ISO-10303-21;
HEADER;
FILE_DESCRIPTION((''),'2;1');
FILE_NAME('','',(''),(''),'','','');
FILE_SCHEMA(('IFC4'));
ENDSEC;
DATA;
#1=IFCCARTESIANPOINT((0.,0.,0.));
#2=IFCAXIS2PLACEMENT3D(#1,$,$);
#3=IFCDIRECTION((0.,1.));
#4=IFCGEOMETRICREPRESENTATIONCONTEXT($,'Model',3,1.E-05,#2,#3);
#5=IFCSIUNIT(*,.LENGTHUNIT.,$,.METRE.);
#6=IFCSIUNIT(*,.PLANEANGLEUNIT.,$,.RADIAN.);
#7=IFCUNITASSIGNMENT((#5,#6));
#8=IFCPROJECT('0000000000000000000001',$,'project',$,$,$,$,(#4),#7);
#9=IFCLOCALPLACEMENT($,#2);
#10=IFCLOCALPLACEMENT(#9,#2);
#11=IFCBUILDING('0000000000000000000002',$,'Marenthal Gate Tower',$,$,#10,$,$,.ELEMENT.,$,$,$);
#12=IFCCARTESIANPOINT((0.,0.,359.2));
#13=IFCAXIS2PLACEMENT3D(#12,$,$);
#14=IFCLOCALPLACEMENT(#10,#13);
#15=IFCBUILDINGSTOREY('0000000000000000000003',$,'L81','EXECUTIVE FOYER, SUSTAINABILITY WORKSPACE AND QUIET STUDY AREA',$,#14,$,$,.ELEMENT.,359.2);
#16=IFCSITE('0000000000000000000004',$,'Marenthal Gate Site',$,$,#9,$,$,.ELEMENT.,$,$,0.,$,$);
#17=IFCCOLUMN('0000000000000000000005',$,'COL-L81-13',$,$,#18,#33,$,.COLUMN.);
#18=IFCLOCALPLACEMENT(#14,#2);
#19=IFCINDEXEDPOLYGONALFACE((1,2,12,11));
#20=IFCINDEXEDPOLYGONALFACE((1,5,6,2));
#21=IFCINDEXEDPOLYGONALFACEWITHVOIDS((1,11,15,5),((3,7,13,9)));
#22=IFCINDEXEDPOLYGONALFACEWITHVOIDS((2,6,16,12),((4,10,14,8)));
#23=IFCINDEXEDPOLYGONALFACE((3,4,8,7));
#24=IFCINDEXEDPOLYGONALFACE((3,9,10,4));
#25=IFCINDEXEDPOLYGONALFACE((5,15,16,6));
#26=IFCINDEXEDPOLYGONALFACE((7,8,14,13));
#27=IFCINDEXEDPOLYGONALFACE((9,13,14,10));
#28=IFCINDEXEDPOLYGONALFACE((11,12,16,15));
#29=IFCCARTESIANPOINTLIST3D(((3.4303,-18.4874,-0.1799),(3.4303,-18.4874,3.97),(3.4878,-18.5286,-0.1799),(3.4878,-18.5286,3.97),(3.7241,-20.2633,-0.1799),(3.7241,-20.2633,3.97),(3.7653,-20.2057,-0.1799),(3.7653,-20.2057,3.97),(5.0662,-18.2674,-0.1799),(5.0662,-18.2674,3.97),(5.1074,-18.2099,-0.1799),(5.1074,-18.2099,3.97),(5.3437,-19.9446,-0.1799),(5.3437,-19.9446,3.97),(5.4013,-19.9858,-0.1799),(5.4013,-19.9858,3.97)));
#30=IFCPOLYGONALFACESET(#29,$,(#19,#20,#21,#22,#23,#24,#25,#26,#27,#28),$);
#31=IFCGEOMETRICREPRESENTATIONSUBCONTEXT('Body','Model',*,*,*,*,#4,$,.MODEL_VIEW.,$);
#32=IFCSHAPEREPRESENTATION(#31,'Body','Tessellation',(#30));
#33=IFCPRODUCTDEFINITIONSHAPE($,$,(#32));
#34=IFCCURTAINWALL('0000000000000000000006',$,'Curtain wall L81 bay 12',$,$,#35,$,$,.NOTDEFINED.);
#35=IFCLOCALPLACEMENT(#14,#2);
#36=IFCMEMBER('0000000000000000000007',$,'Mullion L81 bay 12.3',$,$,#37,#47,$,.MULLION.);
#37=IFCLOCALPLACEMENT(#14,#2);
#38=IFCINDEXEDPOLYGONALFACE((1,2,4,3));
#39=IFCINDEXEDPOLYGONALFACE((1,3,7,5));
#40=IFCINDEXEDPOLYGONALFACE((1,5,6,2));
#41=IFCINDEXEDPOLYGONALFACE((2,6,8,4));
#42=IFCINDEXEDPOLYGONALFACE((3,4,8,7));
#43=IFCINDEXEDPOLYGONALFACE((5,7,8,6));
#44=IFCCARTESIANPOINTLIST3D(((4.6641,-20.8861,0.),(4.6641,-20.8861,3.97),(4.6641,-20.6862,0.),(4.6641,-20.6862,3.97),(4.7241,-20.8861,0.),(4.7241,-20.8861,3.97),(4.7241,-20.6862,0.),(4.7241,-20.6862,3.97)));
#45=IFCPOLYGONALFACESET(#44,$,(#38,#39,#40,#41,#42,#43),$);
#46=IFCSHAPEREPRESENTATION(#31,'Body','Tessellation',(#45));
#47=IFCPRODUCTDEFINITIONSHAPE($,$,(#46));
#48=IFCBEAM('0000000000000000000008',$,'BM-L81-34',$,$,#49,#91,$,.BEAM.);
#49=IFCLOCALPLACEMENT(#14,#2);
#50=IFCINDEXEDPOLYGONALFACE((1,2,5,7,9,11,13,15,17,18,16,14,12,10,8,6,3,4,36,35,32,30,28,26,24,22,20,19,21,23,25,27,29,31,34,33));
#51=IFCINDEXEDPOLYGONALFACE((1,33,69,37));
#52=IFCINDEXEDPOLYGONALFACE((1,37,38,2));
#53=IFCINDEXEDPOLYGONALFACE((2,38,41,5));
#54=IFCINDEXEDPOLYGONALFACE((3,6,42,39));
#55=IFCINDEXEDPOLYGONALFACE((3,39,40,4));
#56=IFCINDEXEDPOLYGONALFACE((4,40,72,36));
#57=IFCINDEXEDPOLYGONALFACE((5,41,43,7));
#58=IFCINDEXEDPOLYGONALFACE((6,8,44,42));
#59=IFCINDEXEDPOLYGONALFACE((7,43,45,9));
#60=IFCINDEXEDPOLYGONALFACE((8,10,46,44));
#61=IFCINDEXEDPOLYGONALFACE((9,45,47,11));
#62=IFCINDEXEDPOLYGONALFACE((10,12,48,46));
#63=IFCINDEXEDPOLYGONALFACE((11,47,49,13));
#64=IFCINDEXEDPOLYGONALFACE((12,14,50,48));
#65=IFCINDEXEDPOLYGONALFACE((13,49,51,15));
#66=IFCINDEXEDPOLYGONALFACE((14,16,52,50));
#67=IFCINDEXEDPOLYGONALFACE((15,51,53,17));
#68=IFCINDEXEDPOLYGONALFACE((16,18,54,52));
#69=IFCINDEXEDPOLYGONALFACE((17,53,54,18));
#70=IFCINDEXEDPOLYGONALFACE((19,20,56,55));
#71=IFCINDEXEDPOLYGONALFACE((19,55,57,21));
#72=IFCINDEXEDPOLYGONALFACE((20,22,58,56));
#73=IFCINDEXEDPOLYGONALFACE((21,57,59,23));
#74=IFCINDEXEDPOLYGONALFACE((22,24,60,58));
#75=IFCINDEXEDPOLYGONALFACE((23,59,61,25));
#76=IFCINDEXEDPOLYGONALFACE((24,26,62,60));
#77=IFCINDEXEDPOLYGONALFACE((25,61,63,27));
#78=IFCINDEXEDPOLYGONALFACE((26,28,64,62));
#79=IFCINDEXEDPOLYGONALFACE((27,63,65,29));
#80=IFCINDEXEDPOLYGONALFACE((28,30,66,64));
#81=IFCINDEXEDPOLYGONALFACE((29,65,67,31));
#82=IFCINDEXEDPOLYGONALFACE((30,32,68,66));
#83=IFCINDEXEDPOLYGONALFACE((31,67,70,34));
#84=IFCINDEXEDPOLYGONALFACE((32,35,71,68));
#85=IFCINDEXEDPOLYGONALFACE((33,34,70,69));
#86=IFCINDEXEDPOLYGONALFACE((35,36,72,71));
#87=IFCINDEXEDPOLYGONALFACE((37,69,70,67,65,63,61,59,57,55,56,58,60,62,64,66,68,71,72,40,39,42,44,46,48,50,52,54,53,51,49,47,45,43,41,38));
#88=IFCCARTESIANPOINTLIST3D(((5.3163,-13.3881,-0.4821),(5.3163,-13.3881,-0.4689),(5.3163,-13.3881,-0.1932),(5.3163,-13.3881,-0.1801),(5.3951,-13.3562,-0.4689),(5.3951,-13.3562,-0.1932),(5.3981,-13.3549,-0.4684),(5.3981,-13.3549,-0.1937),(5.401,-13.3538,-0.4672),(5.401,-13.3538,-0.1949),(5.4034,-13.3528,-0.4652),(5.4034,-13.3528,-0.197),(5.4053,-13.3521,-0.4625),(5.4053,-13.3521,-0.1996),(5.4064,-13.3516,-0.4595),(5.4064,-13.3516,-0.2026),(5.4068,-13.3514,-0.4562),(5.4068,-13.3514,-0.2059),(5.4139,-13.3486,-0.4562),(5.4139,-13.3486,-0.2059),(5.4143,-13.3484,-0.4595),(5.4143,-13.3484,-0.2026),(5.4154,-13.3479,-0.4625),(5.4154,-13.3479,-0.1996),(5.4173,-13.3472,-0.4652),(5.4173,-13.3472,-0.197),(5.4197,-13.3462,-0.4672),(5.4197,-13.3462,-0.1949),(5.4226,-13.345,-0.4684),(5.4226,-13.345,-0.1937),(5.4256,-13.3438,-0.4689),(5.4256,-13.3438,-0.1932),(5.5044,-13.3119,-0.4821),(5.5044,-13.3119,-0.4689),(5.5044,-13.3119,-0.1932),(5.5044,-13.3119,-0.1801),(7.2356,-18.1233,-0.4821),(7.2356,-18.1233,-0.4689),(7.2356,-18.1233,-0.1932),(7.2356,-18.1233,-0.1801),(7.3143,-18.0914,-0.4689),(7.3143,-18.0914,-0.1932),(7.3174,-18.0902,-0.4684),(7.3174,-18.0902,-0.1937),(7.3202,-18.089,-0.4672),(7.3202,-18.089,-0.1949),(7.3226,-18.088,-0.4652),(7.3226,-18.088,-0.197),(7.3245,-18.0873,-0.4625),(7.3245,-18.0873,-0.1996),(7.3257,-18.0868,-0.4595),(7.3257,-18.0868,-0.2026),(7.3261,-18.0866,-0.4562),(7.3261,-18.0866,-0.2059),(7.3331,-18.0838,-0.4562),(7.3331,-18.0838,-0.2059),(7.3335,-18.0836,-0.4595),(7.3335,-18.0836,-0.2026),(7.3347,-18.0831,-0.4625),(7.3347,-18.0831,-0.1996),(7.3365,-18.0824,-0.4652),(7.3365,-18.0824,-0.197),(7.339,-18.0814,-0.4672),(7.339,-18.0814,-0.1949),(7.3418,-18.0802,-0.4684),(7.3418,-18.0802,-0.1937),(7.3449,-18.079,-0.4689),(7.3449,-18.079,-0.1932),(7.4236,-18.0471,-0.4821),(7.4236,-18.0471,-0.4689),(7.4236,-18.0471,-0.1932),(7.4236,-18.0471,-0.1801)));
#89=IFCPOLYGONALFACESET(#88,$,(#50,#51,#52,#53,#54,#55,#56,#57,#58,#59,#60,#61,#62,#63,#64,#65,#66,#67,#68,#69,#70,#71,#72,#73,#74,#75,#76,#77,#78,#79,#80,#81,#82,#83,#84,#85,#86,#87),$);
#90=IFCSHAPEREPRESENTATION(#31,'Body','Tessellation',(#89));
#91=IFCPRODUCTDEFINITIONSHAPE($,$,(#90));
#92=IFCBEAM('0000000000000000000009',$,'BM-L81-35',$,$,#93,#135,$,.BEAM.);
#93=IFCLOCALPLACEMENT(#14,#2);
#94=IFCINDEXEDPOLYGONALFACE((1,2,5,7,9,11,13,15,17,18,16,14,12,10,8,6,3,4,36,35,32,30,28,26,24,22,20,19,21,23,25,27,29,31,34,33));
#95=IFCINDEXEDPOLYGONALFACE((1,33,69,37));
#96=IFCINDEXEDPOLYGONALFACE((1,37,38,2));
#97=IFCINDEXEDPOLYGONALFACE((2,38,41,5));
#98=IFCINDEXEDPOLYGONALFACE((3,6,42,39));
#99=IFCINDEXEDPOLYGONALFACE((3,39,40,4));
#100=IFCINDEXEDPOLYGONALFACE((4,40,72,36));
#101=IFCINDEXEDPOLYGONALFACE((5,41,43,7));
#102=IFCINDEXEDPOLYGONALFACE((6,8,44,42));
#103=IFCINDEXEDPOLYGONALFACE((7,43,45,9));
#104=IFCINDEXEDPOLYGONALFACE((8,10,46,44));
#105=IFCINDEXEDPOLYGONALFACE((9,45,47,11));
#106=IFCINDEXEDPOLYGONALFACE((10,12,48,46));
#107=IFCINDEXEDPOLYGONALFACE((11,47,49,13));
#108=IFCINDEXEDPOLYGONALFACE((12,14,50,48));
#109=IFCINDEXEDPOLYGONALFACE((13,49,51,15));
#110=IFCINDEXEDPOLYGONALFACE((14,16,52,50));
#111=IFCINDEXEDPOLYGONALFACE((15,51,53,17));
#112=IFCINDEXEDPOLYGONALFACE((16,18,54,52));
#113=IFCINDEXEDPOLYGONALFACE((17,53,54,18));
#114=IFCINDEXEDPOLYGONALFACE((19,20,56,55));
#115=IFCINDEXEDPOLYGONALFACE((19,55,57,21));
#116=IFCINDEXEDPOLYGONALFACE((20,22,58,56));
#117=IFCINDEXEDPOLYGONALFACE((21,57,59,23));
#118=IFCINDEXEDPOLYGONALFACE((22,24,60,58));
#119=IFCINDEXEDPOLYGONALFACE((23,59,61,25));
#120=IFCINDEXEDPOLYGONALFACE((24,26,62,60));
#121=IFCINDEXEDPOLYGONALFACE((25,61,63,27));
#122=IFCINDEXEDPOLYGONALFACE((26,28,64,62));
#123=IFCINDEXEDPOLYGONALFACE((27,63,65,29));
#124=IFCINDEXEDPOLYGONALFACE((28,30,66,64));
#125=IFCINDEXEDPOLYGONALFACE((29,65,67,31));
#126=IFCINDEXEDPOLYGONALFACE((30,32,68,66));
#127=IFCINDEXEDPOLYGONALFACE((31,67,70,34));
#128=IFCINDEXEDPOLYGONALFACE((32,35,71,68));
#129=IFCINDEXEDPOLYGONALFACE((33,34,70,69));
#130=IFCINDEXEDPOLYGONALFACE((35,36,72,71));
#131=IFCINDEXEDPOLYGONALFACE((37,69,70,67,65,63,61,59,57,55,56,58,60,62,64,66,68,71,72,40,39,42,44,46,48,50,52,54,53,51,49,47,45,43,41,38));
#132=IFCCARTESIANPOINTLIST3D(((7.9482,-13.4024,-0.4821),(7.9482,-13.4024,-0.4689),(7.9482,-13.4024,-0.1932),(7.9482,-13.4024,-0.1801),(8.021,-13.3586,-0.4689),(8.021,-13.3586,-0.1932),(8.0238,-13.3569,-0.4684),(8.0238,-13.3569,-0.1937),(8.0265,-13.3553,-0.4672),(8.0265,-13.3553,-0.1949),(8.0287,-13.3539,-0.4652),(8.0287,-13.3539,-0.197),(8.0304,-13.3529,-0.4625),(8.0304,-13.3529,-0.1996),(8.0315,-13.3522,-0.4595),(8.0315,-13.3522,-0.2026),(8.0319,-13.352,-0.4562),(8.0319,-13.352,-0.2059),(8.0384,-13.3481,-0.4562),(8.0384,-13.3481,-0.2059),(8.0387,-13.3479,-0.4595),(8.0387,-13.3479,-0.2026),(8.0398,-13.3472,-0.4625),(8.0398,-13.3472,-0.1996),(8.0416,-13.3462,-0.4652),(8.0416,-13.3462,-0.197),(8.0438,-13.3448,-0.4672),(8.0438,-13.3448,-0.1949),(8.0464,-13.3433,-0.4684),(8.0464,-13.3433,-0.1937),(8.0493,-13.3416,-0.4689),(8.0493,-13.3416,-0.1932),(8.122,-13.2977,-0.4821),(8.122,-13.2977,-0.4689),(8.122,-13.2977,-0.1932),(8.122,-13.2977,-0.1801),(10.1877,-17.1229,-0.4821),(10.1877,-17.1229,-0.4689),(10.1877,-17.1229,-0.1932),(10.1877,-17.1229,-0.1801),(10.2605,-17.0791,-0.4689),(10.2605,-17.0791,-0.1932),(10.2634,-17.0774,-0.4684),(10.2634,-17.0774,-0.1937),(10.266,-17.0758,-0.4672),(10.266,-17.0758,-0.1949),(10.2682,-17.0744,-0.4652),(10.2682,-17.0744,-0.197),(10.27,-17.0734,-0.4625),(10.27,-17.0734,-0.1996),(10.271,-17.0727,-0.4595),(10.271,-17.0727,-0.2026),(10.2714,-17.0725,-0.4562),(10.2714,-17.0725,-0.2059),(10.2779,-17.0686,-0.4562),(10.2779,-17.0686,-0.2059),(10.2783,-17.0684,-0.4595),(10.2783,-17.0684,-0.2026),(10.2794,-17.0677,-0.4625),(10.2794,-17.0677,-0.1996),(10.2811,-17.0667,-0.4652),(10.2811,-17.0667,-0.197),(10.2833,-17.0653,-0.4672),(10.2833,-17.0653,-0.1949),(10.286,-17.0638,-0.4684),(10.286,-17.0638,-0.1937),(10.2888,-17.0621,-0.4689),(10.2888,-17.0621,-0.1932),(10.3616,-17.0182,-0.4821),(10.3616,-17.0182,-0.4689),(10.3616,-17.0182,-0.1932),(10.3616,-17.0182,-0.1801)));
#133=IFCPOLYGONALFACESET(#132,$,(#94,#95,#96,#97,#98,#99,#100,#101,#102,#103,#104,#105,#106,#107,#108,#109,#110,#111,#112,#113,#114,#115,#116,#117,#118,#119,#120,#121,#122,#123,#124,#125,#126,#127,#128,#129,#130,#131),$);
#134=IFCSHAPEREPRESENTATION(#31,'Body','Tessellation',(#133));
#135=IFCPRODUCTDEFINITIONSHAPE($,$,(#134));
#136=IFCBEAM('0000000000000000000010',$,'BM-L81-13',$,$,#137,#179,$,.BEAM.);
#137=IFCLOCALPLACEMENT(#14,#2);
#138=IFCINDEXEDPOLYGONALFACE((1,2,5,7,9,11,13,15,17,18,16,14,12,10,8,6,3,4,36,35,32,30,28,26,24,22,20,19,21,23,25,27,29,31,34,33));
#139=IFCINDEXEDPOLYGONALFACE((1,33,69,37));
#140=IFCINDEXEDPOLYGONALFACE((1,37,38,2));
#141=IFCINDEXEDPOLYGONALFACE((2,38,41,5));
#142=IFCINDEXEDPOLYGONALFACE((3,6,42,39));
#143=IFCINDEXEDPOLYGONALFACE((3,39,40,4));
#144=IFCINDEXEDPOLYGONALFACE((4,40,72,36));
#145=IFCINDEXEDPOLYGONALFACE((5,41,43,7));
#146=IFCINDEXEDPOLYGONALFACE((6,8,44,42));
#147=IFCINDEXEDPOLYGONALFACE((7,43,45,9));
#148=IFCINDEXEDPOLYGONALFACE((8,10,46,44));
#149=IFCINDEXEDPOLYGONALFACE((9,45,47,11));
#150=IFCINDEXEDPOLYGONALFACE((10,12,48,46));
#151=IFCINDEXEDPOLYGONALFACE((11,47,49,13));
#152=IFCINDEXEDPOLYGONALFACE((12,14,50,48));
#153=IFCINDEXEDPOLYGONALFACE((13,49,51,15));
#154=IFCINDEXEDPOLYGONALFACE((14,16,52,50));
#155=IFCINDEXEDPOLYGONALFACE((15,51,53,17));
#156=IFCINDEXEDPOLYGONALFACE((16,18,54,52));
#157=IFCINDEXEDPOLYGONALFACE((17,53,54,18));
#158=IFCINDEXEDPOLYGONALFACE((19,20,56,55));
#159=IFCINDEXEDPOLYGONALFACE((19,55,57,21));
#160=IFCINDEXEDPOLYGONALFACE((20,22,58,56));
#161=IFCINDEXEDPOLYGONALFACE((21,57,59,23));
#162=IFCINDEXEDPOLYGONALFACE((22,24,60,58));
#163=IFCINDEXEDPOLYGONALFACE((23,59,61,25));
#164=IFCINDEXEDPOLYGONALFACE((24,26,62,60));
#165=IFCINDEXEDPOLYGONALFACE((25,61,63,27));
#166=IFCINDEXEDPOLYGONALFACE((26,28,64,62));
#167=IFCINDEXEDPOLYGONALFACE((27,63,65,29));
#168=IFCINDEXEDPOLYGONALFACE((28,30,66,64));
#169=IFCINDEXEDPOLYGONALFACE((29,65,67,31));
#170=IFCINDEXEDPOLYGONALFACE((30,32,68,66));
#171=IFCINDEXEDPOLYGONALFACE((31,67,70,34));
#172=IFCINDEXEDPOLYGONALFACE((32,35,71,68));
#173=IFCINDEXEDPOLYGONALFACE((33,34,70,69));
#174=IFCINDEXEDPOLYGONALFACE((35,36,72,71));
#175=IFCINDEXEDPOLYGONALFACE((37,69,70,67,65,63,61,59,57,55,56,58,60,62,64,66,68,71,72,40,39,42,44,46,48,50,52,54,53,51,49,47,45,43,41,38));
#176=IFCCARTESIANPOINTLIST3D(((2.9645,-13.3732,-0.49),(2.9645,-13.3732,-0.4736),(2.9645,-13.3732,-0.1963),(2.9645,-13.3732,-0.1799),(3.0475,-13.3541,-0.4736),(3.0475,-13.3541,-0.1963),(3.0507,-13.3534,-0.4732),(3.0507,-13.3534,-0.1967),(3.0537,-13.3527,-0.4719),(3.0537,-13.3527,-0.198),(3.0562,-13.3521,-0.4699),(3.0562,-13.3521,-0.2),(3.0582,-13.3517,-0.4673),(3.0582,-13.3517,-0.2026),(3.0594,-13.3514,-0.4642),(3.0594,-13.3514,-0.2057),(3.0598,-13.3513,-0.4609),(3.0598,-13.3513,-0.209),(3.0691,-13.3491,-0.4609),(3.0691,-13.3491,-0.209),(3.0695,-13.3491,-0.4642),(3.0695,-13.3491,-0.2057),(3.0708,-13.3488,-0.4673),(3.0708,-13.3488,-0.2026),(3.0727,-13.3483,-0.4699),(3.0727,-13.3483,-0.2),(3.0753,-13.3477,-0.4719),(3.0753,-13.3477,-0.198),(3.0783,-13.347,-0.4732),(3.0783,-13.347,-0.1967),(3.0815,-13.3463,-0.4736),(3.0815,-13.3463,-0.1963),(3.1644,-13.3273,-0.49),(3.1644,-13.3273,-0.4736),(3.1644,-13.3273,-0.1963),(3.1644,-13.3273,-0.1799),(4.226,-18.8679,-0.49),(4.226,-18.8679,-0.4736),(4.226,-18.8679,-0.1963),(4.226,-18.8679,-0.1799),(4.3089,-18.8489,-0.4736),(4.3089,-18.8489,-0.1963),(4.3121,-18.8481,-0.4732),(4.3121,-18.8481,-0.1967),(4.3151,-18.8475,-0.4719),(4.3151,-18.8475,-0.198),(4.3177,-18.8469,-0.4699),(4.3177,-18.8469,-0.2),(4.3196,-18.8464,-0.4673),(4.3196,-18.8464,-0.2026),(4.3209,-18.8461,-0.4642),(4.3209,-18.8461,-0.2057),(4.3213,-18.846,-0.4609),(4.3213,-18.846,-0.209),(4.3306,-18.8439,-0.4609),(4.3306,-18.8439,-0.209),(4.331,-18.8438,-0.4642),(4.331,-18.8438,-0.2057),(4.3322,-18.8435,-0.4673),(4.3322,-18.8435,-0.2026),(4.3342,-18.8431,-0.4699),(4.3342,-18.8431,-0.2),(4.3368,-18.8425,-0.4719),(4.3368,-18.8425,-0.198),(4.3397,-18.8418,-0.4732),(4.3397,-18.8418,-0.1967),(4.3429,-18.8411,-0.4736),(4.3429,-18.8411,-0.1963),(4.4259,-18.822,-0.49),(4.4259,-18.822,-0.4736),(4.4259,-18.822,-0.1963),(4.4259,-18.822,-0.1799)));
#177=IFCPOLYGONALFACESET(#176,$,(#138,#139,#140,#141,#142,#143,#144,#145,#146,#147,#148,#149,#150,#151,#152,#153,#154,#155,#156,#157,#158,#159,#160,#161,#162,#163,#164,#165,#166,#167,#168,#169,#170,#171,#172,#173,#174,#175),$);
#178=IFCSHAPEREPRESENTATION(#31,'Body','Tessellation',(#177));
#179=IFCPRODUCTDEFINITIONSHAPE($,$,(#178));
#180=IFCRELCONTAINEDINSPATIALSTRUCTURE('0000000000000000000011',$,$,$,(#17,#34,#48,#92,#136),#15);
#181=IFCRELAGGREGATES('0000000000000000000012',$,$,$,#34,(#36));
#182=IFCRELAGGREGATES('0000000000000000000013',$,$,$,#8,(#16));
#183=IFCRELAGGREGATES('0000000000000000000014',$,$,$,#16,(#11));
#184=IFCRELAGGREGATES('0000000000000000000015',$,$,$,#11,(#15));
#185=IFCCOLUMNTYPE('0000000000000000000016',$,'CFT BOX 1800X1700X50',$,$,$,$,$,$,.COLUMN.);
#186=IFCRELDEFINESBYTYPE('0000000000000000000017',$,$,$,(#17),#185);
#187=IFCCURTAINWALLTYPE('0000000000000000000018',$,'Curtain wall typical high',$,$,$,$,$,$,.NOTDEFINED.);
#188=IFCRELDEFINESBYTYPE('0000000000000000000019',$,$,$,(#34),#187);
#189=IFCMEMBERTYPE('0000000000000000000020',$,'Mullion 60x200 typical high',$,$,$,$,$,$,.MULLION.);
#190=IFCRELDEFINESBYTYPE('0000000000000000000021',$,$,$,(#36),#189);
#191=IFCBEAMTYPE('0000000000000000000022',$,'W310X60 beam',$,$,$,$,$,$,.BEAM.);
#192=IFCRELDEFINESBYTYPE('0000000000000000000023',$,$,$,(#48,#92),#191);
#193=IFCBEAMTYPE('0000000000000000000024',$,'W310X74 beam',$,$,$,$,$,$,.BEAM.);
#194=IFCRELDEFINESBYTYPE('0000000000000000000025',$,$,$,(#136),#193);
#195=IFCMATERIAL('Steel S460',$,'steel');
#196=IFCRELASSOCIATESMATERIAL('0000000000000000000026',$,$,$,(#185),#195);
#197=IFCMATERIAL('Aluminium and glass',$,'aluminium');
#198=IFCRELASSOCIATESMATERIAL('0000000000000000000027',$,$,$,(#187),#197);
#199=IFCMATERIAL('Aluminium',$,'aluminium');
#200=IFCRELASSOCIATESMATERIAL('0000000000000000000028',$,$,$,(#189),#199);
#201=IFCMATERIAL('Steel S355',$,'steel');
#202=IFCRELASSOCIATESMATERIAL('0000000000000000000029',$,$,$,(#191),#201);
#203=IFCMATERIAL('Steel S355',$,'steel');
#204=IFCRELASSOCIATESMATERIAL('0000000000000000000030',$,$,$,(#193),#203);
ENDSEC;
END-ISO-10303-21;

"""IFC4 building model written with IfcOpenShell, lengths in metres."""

from ifc_helpers import new_model, si_unit, direction, frame, origin, origin_2d, place, context, subcontext, project, spatial, rectangle, hollow_rectangle, i_section, extrude, material, material_profile, profile_set, type_object, element, aggregate, save


model = new_model("IFC4")

# Units and contexts
model_context = context("Model", 3, precision=1e-05, world=origin(), true_north=direction((0.0, 1.0)))
body_context = subcontext(model_context, "Body", "Model", "MODEL_VIEW")
ifc_project = project(units=[si_unit("LENGTHUNIT", "METRE"), si_unit("PLANEANGLEUNIT", "RADIAN")], contexts=[model_context])

# Site, building, storey
site_placement = place(None, origin())
site = spatial("IfcSite", under=ifc_project, at=site_placement, Name="Marenthal Gate Site", CompositionType="ELEMENT", RefElevation=0.0)
building_placement = place(site_placement, origin())
building = spatial("IfcBuilding", under=site, at=building_placement, Name="Marenthal Gate Tower", CompositionType="ELEMENT")
storey_placement = place(building_placement, frame((0.0, 0.0, 359.2)))
storey = spatial("IfcBuildingStorey", under=building, at=storey_placement, Name="L81", Description="EXECUTIVE FOYER, SUSTAINABILITY WORKSPACE AND QUIET STUDY AREA", CompositionType="ELEMENT", Elevation=359.2)

# Column
ifc_material_1 = material(Name="Steel S460", Category="steel")
ifc_material_profile_1 = material_profile(ifc_material_1, hollow_rectangle(XDim=1.7, YDim=1.8, WallThickness=0.05, at=origin_2d()), Name="CFT BOX 1800X1700X50")
ifc_material_2 = material(Name="Concrete 70 MPa", Category="concrete")
ifc_material_profile_2 = material_profile(ifc_material_2, rectangle(XDim=1.6001, YDim=1.7, at=origin_2d()), Name="CFT BOX 1800X1700X50 INFILL")
ifc_profile_set_1 = profile_set([ifc_material_profile_1, ifc_material_profile_2], Name="Steel S460 shell, Concrete 70 MPa infill")
column_type = type_object("IfcColumnType", Name="CFT BOX 1800X1700X50", PredefinedType="COLUMN", material=ifc_profile_set_1)
column_placement = place(storey_placement, frame((4.4158, -19.2366, -0.1799), z_axis=(0.0, 0.0, 1.0), x_axis=(-0.98659, -0.163221, 0.0)))
element("IfcColumn", 1, at=column_placement, inside=storey, type_object=column_type, Name="COL-L81-13", PredefinedType="COLUMN", context=body_context, shape_type="SweptSolid", body=[
    extrude(hollow_rectangle(XDim=1.7, YDim=1.8, WallThickness=0.05, at=origin_2d()), origin(), (0.0, 0.0, 1.0), 4.1499),
])

# Curtain wall, member
ifc_material_3 = material(Name="Aluminium and glass", Category="aluminium")
curtain_wall_type = type_object("IfcCurtainWallType", Name="Curtain wall typical high", PredefinedType="NOTDEFINED", material=ifc_material_3)
curtain_wall_placement = place(storey_placement, origin())
curtain_wall = element("IfcCurtainWall", 2, at=curtain_wall_placement, inside=storey, type_object=curtain_wall_type, Name="Curtain wall L81 bay 12", PredefinedType="NOTDEFINED")
ifc_material_4 = material(Name="Aluminium", Category="aluminium")
ifc_material_profile_3 = material_profile(ifc_material_4, rectangle(XDim=0.2, YDim=0.0601, at=origin_2d()), Name="60x200 aluminium mullion")
ifc_profile_set_2 = profile_set([ifc_material_profile_3], Name="Aluminium")
member_type = type_object("IfcMemberType", Name="Mullion 60x200 typical high", PredefinedType="MULLION", material=ifc_profile_set_2)
member_placement = place(storey_placement, frame((4.6941, -20.7861, 0.0), z_axis=(0.0, 0.0, 1.0), x_axis=(0.0, 1.0, 0.0)))
member = element("IfcMember", 3, at=member_placement, type_object=member_type, Name="Mullion L81 bay 12.3", PredefinedType="MULLION", context=body_context, shape_type="SweptSolid", body=[
    extrude(rectangle(XDim=0.2, YDim=0.0601, at=origin_2d()), origin(), (0.0, 0.0, 1.0), 3.97),
])

# Beams
ifc_material_5 = material(Name="Steel S355", Category="steel")
ifc_material_profile_4 = material_profile(ifc_material_5, i_section(OverallWidth=0.2029, OverallDepth=0.302, WebThickness=0.0076, FlangeThickness=0.0132, FilletRadius=0.0127, at=origin_2d()), Name="W310X60")
ifc_profile_set_3 = profile_set([ifc_material_profile_4], Name="Steel S355")
beam_type_1 = type_object("IfcBeamType", Name="W310X60 beam", PredefinedType="BEAM", material=ifc_profile_set_3)
beam_1_placement = place(storey_placement, frame((7.3296, -18.0852, -0.3311), z_axis=(-0.37563, 0.92677, 0.0), x_axis=(-0.92677, -0.37563, 0.0)))
element("IfcBeam", 4, at=beam_1_placement, inside=storey, type_object=beam_type_1, Name="BM-L81-34", PredefinedType="BEAM", context=body_context, shape_type="SweptSolid", body=[
    extrude(i_section(OverallWidth=0.2029, OverallDepth=0.302, WebThickness=0.0076, FlangeThickness=0.0132, FilletRadius=0.0127, at=origin_2d()), origin(), (0.0, 0.0, 1.0), 5.1094),
])
beam_2_placement = place(storey_placement, frame((10.2747, -17.0706, -0.3311), z_axis=(-0.515719, 0.856758, 0.0), x_axis=(-0.856758, -0.515719, 0.0)))
element("IfcBeam", 5, at=beam_2_placement, inside=storey, type_object=beam_type_1, Name="BM-L81-35", PredefinedType="BEAM", context=body_context, shape_type="SweptSolid", body=[
    extrude(i_section(OverallWidth=0.2029, OverallDepth=0.302, WebThickness=0.0076, FlangeThickness=0.0132, FilletRadius=0.0127, at=origin_2d()), origin(), (0.0, 0.0, 1.0), 4.3425),
])
ifc_material_6 = material(Name="Steel S355", Category="steel")
ifc_material_profile_5 = material_profile(ifc_material_6, i_section(OverallWidth=0.2051, OverallDepth=0.3101, WebThickness=0.0095, FlangeThickness=0.0164, FilletRadius=0.0127, at=origin_2d()), Name="W310X74")
ifc_profile_set_4 = profile_set([ifc_material_profile_5], Name="Steel S355")
beam_type_2 = type_object("IfcBeamType", Name="W310X74 beam", PredefinedType="BEAM", material=ifc_profile_set_4)
beam_3_placement = place(storey_placement, frame((4.3259, -18.845, -0.335), z_axis=(-0.223752, 0.974646, 0.0), x_axis=(-0.974646, -0.223752, 0.0)))
element("IfcBeam", 6, at=beam_3_placement, inside=storey, type_object=beam_type_2, Name="BM-L81-13", PredefinedType="BEAM", context=body_context, shape_type="SweptSolid", body=[
    extrude(i_section(OverallWidth=0.2051, OverallDepth=0.3101, WebThickness=0.0095, FlangeThickness=0.0164, FilletRadius=0.0127, at=origin_2d()), origin(), (0.0, 0.0, 1.0), 5.6377),
])

aggregate(curtain_wall, [member])

save(model, "model.ifc")
